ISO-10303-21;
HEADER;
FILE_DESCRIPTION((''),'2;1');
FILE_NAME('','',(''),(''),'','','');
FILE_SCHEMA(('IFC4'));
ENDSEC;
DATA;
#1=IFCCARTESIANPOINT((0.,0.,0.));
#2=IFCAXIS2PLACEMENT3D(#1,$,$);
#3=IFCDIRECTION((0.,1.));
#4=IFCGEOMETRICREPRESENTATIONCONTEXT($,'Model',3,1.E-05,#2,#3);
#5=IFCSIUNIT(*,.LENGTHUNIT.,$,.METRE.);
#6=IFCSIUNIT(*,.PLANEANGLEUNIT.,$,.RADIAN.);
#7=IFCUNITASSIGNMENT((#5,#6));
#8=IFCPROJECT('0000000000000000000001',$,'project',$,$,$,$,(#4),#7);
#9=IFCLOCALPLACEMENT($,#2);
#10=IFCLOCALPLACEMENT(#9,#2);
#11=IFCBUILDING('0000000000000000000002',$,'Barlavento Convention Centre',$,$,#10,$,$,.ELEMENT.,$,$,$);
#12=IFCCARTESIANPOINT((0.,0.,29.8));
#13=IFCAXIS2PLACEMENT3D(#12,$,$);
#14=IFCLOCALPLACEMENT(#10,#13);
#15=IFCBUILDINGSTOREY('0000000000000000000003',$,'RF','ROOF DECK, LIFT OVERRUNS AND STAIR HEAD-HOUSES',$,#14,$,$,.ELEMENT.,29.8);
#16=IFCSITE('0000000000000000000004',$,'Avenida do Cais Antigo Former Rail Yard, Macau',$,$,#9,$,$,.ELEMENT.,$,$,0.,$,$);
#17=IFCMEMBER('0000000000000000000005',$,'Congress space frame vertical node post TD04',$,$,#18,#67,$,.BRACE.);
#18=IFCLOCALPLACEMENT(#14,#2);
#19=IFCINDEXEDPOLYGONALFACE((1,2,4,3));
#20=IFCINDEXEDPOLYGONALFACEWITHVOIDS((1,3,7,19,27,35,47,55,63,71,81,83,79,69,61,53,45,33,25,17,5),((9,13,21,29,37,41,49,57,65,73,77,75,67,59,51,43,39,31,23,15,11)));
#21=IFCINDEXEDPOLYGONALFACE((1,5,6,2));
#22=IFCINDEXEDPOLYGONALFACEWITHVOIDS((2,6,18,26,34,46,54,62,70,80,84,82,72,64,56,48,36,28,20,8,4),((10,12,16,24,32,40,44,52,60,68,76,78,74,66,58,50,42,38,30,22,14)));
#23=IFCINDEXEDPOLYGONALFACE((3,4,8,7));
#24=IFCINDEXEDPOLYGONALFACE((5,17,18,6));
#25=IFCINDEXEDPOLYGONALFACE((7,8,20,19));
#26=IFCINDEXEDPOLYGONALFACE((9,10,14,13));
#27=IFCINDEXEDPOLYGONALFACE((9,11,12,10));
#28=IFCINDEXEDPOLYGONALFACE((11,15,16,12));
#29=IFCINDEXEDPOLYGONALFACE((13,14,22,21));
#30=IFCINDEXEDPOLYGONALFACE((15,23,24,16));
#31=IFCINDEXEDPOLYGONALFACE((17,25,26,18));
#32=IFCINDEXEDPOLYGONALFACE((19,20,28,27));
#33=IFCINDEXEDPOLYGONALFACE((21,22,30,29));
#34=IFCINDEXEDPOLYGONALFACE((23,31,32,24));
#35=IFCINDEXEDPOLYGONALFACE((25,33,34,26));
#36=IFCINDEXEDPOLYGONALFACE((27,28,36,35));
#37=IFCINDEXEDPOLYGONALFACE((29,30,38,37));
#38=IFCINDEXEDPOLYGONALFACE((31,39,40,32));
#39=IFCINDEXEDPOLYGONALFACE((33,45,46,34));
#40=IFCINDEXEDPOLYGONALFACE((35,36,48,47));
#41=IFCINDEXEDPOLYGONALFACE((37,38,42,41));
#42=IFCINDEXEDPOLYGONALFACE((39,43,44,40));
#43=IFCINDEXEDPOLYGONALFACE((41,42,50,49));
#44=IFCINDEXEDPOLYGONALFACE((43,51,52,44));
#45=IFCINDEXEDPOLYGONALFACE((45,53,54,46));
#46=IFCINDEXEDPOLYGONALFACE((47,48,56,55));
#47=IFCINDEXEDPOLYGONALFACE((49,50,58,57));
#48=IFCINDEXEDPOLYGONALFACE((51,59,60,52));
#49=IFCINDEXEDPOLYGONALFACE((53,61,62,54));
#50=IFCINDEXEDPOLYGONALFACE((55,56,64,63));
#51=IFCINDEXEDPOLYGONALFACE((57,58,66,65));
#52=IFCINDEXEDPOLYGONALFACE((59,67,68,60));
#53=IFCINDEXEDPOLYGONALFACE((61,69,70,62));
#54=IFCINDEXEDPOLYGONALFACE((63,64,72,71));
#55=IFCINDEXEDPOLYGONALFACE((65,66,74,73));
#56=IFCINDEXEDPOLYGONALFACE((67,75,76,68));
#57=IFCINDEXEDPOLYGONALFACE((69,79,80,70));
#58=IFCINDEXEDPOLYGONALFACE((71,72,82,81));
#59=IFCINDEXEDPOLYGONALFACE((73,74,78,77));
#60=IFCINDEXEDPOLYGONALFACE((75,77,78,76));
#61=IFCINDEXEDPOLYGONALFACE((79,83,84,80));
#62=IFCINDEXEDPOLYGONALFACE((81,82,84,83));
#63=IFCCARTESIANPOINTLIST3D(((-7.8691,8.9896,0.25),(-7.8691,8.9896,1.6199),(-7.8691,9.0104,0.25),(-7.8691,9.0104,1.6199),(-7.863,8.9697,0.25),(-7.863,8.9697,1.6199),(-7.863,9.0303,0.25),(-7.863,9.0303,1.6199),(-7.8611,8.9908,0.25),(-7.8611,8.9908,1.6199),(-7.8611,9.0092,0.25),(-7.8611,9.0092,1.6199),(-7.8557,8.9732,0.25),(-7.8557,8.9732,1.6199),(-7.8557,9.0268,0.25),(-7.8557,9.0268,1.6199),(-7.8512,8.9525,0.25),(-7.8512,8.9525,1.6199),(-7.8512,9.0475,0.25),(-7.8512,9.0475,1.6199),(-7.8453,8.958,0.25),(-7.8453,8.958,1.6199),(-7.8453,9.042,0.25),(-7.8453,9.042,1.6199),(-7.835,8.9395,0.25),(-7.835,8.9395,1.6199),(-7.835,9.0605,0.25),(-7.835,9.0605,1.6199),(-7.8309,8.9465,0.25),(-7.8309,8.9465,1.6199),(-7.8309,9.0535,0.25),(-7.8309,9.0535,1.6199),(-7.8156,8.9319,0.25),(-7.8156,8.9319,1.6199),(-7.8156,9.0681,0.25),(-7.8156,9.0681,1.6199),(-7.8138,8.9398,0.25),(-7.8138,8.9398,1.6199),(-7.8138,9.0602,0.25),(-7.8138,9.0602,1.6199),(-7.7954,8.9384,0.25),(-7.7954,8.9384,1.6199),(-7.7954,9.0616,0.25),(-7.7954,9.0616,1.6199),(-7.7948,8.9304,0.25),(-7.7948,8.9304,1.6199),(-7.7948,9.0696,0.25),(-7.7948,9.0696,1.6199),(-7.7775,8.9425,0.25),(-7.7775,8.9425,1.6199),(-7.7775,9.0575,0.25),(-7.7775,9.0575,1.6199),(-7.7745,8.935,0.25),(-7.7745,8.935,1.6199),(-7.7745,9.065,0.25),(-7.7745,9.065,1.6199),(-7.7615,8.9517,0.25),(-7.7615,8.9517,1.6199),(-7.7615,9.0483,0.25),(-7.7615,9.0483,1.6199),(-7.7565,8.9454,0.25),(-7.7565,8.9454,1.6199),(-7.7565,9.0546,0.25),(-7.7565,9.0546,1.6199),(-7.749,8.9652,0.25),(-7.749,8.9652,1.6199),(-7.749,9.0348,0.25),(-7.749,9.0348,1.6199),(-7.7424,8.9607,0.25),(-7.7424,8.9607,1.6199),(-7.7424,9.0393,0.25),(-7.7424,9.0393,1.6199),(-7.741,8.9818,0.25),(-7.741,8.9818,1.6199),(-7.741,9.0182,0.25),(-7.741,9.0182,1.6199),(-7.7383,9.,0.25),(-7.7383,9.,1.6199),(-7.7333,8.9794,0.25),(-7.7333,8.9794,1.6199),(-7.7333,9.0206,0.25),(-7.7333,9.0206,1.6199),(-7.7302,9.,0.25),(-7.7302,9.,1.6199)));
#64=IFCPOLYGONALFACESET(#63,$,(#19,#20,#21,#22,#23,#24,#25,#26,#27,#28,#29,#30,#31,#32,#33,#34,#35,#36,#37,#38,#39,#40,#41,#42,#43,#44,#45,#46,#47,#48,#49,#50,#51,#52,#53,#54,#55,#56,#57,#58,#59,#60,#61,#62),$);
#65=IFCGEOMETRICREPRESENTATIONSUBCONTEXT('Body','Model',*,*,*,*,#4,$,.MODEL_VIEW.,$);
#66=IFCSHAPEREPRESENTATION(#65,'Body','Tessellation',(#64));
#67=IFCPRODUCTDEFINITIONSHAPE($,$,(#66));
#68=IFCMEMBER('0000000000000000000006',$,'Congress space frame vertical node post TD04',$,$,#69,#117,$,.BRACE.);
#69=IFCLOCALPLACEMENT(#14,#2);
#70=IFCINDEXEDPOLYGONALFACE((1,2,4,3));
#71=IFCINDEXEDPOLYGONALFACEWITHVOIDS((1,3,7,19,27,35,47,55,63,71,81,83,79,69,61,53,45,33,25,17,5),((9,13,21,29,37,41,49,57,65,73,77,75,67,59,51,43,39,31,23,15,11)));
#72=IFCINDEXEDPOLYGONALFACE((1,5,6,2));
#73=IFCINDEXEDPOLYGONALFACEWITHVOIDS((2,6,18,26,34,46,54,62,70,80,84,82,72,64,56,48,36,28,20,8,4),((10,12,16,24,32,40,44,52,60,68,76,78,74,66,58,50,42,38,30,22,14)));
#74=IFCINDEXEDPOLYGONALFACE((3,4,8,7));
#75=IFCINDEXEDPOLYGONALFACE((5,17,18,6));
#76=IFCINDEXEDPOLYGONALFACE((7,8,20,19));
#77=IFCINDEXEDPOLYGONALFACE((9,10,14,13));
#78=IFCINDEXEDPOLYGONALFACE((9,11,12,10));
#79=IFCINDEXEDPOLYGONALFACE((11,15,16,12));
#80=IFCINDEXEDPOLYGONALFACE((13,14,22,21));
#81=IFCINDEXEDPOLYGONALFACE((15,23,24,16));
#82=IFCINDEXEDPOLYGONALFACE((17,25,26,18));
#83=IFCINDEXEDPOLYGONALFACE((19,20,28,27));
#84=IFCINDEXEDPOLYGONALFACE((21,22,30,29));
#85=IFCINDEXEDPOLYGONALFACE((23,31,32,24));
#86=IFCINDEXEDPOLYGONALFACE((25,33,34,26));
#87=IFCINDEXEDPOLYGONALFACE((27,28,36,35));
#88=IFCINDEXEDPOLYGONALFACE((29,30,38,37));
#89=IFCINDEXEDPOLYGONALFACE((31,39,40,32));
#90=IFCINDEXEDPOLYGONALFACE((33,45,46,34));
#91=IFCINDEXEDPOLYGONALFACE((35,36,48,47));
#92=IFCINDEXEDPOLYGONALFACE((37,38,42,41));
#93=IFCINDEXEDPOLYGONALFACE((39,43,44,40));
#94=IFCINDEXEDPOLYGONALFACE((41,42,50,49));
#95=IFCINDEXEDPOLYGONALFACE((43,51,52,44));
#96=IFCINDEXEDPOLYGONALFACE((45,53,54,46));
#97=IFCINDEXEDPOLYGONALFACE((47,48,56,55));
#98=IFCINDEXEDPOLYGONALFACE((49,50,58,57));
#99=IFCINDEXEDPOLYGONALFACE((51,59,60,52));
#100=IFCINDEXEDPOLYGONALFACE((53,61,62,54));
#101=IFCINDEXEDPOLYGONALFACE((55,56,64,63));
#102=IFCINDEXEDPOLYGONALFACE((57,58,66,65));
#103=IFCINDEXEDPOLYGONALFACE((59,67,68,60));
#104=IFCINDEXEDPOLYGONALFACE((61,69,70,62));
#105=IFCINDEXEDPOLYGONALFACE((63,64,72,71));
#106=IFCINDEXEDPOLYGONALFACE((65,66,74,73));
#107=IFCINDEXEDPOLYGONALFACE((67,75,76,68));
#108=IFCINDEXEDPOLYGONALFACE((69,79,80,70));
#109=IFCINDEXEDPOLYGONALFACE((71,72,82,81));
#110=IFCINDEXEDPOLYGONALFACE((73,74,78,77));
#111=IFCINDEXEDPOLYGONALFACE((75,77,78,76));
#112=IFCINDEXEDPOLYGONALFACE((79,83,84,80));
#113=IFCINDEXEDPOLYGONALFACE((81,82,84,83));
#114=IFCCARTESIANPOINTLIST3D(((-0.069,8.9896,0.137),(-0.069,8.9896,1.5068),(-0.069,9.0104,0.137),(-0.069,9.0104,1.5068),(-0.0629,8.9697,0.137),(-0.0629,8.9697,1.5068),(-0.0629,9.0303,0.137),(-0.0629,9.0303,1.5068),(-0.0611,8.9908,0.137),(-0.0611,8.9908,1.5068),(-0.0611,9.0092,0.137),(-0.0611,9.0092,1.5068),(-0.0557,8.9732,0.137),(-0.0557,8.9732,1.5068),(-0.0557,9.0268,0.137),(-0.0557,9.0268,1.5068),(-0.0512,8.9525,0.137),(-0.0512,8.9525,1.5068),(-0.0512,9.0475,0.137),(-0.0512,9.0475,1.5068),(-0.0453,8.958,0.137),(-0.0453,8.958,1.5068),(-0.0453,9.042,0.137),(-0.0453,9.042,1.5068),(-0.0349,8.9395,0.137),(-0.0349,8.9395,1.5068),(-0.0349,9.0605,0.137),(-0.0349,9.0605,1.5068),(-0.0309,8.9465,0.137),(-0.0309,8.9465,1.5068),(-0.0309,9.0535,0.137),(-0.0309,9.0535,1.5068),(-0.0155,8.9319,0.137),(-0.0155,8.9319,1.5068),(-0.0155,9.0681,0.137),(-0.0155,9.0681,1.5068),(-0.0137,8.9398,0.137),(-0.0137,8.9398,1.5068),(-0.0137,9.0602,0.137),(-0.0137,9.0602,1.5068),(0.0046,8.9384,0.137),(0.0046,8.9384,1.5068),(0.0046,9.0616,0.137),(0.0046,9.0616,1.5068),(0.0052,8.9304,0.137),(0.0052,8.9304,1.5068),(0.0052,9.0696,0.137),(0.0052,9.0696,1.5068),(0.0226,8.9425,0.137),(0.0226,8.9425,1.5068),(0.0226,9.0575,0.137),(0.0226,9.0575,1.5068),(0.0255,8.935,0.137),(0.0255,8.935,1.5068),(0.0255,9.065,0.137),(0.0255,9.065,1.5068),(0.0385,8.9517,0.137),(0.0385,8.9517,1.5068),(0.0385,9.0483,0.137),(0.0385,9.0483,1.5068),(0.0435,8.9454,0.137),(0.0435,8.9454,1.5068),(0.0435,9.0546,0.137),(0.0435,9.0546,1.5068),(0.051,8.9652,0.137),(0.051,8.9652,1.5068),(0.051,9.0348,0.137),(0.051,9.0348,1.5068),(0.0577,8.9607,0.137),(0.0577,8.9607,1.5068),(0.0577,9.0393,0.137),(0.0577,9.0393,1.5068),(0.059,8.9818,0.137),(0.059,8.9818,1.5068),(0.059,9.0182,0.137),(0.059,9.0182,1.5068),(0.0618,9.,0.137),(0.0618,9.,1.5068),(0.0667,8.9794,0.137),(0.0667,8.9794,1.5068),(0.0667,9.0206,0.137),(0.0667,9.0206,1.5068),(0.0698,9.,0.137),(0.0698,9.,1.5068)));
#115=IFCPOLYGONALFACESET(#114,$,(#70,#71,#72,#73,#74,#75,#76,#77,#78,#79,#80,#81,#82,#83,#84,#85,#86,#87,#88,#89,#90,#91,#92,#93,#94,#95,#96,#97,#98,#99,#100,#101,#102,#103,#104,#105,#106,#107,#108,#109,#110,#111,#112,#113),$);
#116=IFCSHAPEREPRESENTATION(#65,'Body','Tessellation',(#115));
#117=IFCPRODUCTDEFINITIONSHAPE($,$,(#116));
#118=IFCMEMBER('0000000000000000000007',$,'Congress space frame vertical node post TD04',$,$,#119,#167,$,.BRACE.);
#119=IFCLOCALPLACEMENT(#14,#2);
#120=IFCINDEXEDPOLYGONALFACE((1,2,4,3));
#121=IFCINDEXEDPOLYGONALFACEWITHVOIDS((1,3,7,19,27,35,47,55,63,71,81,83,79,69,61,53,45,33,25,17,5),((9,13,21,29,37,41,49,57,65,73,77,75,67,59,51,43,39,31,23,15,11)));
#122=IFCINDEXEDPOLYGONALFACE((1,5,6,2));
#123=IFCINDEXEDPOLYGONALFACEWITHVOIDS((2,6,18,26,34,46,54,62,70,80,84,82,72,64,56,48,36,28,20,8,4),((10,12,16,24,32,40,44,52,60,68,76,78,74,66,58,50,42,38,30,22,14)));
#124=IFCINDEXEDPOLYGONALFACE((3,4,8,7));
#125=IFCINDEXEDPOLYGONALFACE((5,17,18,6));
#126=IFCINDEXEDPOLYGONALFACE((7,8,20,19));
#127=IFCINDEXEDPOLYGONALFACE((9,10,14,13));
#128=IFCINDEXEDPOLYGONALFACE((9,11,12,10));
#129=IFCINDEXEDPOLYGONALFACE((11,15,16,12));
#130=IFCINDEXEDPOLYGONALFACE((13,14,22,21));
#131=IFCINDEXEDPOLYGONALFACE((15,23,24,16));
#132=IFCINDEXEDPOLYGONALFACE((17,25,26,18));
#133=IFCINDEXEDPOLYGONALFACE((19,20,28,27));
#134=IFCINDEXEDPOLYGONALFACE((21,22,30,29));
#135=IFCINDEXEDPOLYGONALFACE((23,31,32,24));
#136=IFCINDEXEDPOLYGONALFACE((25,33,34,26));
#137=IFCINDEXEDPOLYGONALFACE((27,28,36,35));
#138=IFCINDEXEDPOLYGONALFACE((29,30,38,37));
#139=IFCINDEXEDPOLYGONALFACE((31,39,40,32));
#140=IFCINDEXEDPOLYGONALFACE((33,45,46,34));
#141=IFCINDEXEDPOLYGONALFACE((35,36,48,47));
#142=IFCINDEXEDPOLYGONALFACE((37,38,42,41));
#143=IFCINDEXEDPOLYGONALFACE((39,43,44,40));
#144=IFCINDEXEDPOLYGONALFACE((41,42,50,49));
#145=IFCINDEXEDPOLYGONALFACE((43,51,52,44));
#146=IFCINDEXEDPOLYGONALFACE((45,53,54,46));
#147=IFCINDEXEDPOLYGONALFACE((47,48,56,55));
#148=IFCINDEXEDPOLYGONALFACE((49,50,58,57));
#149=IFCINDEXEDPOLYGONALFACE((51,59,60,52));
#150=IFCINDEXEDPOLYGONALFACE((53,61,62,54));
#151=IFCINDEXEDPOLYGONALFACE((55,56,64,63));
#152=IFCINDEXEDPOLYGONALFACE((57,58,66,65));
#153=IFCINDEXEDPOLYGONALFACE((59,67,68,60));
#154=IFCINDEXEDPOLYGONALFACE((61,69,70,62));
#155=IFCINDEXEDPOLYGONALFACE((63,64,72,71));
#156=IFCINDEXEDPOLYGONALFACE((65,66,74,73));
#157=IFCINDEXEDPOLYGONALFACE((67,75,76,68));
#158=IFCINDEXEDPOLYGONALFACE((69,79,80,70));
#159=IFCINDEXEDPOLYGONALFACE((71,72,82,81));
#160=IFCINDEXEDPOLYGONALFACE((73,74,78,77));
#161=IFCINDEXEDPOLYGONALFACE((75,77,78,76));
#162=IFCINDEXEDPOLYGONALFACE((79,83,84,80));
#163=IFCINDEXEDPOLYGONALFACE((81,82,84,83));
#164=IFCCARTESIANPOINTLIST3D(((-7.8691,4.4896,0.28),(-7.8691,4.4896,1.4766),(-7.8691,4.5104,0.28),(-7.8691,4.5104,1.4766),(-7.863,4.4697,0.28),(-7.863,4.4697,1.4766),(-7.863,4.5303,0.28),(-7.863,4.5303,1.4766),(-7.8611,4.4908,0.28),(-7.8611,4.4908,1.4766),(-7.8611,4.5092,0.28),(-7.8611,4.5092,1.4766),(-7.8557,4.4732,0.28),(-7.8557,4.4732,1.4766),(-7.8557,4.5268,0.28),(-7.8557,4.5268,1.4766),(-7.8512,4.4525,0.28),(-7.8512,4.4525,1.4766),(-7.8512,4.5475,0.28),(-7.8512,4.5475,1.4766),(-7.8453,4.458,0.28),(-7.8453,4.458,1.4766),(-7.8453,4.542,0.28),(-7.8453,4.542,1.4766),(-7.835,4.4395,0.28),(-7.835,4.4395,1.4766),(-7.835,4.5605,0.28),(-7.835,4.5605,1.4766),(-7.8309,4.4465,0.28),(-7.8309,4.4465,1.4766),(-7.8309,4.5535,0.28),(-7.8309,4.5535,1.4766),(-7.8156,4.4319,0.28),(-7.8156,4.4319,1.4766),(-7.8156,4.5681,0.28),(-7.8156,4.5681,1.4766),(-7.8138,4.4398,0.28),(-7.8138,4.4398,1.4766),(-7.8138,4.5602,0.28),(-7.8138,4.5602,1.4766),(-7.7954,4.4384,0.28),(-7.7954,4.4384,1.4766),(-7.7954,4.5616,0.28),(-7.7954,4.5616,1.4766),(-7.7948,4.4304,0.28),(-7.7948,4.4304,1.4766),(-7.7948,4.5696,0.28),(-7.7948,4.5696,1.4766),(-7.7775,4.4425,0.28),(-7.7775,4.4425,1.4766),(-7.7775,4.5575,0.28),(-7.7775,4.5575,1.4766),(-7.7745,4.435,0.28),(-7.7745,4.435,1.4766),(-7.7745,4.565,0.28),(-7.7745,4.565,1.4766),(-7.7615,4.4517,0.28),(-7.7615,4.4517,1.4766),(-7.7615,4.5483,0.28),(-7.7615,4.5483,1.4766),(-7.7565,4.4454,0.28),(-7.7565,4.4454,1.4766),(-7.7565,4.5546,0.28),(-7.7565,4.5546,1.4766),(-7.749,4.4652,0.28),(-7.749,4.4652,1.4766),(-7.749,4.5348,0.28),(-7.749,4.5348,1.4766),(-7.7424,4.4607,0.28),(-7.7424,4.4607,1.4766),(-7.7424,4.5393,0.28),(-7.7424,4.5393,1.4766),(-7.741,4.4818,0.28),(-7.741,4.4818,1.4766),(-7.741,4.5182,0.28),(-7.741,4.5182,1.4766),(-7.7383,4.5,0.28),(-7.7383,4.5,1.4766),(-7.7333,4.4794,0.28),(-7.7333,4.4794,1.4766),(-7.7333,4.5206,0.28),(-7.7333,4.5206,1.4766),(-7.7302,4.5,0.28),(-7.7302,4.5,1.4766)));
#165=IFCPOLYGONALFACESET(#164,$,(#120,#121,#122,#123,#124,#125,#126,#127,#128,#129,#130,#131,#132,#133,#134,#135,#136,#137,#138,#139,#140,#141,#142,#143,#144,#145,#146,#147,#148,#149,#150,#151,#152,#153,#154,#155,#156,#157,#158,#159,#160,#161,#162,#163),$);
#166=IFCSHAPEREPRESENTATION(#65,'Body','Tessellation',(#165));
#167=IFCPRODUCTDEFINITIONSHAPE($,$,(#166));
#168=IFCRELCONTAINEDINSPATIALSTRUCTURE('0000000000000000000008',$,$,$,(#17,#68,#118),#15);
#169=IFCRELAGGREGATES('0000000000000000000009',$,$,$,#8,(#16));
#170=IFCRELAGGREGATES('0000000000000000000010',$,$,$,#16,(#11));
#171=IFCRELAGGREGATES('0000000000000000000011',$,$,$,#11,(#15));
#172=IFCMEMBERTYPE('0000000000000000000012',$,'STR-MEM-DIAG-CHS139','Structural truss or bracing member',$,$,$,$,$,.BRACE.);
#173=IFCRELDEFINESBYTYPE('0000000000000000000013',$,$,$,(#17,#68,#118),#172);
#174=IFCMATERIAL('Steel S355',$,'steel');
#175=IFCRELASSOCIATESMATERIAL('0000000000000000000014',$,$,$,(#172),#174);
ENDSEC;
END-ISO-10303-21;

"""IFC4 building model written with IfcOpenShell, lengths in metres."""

from ifc_helpers import new_model, si_unit, direction, frame, origin, origin_2d, place, context, subcontext, project, spatial, hollow_circle, extrude, material, material_profile, profile_set, type_object, element, save


model = new_model("IFC4")

# Units and contexts
model_context = context("Model", 3, precision=1e-05, world=origin(), true_north=direction((0.0, 1.0)))
body_context = subcontext(model_context, "Body", "Model", "MODEL_VIEW")
ifc_project = project(units=[si_unit("LENGTHUNIT", "METRE"), si_unit("PLANEANGLEUNIT", "RADIAN")], contexts=[model_context])

# Site, building, storey
site_placement = place(None, origin())
site = spatial("IfcSite", under=ifc_project, at=site_placement, Name="Avenida do Cais Antigo Former Rail Yard, Macau", CompositionType="ELEMENT", RefElevation=0.0)
building_placement = place(site_placement, origin())
building = spatial("IfcBuilding", under=site, at=building_placement, Name="Barlavento Convention Centre", CompositionType="ELEMENT")
storey_placement = place(building_placement, frame((0.0, 0.0, 29.8)))
storey = spatial("IfcBuildingStorey", under=building, at=storey_placement, Name="RF", Description="ROOF DECK, LIFT OVERRUNS AND STAIR HEAD-HOUSES", CompositionType="ELEMENT", Elevation=29.8)

# Shared definitions
ifc_material_1 = material(Name="Steel S355", Category="steel")

# Members
ifc_material_profile_1 = material_profile(ifc_material_1, hollow_circle(Radius=0.0698, WallThickness=0.0081, at=origin_2d()), Name="CHS 139.7x8.0")
ifc_profile_set_1 = profile_set([ifc_material_profile_1], Name="Steel S355")
member_type_1 = type_object("IfcMemberType", Name="STR-MEM-DIAG-CHS139", Description="Structural truss or bracing member", PredefinedType="BRACE", material=ifc_profile_set_1)
for number, where, z_axis, x_axis, name in (
    (1, (-7.8, 9.0, 0.25), (0.0, 0.0, 1.0), (1.0, 0.0, 0.0), "Congress space frame vertical node post TD04"),
    (2, (0.0, 9.0, 0.137), (0.0, 0.0, 1.0), (1.0, 0.0, 0.0), "Congress space frame vertical node post TD04"),
):
    element("IfcMember", number, at=place(storey_placement, frame(where, z_axis=z_axis, x_axis=x_axis)), inside=storey, type_object=member_type_1, Name=name, PredefinedType="BRACE", context=body_context, shape_type="SweptSolid", body=[
        extrude(hollow_circle(Radius=0.0698, WallThickness=0.0081, at=origin_2d()), origin(), (0.0, 0.0, 1.0), 1.3699),
    ])
member_1_placement = place(storey_placement, frame((-7.8, 4.5, 0.28), z_axis=(0.0, 0.0, 1.0), x_axis=(1.0, 0.0, 0.0)))
element("IfcMember", 3, at=member_1_placement, inside=storey, type_object=member_type_1, Name="Congress space frame vertical node post TD04", PredefinedType="BRACE", context=body_context, shape_type="SweptSolid", body=[
    extrude(hollow_circle(Radius=0.0698, WallThickness=0.0081, at=origin_2d()), origin(), (0.0, 0.0, 1.0), 1.1965),
])

save(model, "model.ifc")
